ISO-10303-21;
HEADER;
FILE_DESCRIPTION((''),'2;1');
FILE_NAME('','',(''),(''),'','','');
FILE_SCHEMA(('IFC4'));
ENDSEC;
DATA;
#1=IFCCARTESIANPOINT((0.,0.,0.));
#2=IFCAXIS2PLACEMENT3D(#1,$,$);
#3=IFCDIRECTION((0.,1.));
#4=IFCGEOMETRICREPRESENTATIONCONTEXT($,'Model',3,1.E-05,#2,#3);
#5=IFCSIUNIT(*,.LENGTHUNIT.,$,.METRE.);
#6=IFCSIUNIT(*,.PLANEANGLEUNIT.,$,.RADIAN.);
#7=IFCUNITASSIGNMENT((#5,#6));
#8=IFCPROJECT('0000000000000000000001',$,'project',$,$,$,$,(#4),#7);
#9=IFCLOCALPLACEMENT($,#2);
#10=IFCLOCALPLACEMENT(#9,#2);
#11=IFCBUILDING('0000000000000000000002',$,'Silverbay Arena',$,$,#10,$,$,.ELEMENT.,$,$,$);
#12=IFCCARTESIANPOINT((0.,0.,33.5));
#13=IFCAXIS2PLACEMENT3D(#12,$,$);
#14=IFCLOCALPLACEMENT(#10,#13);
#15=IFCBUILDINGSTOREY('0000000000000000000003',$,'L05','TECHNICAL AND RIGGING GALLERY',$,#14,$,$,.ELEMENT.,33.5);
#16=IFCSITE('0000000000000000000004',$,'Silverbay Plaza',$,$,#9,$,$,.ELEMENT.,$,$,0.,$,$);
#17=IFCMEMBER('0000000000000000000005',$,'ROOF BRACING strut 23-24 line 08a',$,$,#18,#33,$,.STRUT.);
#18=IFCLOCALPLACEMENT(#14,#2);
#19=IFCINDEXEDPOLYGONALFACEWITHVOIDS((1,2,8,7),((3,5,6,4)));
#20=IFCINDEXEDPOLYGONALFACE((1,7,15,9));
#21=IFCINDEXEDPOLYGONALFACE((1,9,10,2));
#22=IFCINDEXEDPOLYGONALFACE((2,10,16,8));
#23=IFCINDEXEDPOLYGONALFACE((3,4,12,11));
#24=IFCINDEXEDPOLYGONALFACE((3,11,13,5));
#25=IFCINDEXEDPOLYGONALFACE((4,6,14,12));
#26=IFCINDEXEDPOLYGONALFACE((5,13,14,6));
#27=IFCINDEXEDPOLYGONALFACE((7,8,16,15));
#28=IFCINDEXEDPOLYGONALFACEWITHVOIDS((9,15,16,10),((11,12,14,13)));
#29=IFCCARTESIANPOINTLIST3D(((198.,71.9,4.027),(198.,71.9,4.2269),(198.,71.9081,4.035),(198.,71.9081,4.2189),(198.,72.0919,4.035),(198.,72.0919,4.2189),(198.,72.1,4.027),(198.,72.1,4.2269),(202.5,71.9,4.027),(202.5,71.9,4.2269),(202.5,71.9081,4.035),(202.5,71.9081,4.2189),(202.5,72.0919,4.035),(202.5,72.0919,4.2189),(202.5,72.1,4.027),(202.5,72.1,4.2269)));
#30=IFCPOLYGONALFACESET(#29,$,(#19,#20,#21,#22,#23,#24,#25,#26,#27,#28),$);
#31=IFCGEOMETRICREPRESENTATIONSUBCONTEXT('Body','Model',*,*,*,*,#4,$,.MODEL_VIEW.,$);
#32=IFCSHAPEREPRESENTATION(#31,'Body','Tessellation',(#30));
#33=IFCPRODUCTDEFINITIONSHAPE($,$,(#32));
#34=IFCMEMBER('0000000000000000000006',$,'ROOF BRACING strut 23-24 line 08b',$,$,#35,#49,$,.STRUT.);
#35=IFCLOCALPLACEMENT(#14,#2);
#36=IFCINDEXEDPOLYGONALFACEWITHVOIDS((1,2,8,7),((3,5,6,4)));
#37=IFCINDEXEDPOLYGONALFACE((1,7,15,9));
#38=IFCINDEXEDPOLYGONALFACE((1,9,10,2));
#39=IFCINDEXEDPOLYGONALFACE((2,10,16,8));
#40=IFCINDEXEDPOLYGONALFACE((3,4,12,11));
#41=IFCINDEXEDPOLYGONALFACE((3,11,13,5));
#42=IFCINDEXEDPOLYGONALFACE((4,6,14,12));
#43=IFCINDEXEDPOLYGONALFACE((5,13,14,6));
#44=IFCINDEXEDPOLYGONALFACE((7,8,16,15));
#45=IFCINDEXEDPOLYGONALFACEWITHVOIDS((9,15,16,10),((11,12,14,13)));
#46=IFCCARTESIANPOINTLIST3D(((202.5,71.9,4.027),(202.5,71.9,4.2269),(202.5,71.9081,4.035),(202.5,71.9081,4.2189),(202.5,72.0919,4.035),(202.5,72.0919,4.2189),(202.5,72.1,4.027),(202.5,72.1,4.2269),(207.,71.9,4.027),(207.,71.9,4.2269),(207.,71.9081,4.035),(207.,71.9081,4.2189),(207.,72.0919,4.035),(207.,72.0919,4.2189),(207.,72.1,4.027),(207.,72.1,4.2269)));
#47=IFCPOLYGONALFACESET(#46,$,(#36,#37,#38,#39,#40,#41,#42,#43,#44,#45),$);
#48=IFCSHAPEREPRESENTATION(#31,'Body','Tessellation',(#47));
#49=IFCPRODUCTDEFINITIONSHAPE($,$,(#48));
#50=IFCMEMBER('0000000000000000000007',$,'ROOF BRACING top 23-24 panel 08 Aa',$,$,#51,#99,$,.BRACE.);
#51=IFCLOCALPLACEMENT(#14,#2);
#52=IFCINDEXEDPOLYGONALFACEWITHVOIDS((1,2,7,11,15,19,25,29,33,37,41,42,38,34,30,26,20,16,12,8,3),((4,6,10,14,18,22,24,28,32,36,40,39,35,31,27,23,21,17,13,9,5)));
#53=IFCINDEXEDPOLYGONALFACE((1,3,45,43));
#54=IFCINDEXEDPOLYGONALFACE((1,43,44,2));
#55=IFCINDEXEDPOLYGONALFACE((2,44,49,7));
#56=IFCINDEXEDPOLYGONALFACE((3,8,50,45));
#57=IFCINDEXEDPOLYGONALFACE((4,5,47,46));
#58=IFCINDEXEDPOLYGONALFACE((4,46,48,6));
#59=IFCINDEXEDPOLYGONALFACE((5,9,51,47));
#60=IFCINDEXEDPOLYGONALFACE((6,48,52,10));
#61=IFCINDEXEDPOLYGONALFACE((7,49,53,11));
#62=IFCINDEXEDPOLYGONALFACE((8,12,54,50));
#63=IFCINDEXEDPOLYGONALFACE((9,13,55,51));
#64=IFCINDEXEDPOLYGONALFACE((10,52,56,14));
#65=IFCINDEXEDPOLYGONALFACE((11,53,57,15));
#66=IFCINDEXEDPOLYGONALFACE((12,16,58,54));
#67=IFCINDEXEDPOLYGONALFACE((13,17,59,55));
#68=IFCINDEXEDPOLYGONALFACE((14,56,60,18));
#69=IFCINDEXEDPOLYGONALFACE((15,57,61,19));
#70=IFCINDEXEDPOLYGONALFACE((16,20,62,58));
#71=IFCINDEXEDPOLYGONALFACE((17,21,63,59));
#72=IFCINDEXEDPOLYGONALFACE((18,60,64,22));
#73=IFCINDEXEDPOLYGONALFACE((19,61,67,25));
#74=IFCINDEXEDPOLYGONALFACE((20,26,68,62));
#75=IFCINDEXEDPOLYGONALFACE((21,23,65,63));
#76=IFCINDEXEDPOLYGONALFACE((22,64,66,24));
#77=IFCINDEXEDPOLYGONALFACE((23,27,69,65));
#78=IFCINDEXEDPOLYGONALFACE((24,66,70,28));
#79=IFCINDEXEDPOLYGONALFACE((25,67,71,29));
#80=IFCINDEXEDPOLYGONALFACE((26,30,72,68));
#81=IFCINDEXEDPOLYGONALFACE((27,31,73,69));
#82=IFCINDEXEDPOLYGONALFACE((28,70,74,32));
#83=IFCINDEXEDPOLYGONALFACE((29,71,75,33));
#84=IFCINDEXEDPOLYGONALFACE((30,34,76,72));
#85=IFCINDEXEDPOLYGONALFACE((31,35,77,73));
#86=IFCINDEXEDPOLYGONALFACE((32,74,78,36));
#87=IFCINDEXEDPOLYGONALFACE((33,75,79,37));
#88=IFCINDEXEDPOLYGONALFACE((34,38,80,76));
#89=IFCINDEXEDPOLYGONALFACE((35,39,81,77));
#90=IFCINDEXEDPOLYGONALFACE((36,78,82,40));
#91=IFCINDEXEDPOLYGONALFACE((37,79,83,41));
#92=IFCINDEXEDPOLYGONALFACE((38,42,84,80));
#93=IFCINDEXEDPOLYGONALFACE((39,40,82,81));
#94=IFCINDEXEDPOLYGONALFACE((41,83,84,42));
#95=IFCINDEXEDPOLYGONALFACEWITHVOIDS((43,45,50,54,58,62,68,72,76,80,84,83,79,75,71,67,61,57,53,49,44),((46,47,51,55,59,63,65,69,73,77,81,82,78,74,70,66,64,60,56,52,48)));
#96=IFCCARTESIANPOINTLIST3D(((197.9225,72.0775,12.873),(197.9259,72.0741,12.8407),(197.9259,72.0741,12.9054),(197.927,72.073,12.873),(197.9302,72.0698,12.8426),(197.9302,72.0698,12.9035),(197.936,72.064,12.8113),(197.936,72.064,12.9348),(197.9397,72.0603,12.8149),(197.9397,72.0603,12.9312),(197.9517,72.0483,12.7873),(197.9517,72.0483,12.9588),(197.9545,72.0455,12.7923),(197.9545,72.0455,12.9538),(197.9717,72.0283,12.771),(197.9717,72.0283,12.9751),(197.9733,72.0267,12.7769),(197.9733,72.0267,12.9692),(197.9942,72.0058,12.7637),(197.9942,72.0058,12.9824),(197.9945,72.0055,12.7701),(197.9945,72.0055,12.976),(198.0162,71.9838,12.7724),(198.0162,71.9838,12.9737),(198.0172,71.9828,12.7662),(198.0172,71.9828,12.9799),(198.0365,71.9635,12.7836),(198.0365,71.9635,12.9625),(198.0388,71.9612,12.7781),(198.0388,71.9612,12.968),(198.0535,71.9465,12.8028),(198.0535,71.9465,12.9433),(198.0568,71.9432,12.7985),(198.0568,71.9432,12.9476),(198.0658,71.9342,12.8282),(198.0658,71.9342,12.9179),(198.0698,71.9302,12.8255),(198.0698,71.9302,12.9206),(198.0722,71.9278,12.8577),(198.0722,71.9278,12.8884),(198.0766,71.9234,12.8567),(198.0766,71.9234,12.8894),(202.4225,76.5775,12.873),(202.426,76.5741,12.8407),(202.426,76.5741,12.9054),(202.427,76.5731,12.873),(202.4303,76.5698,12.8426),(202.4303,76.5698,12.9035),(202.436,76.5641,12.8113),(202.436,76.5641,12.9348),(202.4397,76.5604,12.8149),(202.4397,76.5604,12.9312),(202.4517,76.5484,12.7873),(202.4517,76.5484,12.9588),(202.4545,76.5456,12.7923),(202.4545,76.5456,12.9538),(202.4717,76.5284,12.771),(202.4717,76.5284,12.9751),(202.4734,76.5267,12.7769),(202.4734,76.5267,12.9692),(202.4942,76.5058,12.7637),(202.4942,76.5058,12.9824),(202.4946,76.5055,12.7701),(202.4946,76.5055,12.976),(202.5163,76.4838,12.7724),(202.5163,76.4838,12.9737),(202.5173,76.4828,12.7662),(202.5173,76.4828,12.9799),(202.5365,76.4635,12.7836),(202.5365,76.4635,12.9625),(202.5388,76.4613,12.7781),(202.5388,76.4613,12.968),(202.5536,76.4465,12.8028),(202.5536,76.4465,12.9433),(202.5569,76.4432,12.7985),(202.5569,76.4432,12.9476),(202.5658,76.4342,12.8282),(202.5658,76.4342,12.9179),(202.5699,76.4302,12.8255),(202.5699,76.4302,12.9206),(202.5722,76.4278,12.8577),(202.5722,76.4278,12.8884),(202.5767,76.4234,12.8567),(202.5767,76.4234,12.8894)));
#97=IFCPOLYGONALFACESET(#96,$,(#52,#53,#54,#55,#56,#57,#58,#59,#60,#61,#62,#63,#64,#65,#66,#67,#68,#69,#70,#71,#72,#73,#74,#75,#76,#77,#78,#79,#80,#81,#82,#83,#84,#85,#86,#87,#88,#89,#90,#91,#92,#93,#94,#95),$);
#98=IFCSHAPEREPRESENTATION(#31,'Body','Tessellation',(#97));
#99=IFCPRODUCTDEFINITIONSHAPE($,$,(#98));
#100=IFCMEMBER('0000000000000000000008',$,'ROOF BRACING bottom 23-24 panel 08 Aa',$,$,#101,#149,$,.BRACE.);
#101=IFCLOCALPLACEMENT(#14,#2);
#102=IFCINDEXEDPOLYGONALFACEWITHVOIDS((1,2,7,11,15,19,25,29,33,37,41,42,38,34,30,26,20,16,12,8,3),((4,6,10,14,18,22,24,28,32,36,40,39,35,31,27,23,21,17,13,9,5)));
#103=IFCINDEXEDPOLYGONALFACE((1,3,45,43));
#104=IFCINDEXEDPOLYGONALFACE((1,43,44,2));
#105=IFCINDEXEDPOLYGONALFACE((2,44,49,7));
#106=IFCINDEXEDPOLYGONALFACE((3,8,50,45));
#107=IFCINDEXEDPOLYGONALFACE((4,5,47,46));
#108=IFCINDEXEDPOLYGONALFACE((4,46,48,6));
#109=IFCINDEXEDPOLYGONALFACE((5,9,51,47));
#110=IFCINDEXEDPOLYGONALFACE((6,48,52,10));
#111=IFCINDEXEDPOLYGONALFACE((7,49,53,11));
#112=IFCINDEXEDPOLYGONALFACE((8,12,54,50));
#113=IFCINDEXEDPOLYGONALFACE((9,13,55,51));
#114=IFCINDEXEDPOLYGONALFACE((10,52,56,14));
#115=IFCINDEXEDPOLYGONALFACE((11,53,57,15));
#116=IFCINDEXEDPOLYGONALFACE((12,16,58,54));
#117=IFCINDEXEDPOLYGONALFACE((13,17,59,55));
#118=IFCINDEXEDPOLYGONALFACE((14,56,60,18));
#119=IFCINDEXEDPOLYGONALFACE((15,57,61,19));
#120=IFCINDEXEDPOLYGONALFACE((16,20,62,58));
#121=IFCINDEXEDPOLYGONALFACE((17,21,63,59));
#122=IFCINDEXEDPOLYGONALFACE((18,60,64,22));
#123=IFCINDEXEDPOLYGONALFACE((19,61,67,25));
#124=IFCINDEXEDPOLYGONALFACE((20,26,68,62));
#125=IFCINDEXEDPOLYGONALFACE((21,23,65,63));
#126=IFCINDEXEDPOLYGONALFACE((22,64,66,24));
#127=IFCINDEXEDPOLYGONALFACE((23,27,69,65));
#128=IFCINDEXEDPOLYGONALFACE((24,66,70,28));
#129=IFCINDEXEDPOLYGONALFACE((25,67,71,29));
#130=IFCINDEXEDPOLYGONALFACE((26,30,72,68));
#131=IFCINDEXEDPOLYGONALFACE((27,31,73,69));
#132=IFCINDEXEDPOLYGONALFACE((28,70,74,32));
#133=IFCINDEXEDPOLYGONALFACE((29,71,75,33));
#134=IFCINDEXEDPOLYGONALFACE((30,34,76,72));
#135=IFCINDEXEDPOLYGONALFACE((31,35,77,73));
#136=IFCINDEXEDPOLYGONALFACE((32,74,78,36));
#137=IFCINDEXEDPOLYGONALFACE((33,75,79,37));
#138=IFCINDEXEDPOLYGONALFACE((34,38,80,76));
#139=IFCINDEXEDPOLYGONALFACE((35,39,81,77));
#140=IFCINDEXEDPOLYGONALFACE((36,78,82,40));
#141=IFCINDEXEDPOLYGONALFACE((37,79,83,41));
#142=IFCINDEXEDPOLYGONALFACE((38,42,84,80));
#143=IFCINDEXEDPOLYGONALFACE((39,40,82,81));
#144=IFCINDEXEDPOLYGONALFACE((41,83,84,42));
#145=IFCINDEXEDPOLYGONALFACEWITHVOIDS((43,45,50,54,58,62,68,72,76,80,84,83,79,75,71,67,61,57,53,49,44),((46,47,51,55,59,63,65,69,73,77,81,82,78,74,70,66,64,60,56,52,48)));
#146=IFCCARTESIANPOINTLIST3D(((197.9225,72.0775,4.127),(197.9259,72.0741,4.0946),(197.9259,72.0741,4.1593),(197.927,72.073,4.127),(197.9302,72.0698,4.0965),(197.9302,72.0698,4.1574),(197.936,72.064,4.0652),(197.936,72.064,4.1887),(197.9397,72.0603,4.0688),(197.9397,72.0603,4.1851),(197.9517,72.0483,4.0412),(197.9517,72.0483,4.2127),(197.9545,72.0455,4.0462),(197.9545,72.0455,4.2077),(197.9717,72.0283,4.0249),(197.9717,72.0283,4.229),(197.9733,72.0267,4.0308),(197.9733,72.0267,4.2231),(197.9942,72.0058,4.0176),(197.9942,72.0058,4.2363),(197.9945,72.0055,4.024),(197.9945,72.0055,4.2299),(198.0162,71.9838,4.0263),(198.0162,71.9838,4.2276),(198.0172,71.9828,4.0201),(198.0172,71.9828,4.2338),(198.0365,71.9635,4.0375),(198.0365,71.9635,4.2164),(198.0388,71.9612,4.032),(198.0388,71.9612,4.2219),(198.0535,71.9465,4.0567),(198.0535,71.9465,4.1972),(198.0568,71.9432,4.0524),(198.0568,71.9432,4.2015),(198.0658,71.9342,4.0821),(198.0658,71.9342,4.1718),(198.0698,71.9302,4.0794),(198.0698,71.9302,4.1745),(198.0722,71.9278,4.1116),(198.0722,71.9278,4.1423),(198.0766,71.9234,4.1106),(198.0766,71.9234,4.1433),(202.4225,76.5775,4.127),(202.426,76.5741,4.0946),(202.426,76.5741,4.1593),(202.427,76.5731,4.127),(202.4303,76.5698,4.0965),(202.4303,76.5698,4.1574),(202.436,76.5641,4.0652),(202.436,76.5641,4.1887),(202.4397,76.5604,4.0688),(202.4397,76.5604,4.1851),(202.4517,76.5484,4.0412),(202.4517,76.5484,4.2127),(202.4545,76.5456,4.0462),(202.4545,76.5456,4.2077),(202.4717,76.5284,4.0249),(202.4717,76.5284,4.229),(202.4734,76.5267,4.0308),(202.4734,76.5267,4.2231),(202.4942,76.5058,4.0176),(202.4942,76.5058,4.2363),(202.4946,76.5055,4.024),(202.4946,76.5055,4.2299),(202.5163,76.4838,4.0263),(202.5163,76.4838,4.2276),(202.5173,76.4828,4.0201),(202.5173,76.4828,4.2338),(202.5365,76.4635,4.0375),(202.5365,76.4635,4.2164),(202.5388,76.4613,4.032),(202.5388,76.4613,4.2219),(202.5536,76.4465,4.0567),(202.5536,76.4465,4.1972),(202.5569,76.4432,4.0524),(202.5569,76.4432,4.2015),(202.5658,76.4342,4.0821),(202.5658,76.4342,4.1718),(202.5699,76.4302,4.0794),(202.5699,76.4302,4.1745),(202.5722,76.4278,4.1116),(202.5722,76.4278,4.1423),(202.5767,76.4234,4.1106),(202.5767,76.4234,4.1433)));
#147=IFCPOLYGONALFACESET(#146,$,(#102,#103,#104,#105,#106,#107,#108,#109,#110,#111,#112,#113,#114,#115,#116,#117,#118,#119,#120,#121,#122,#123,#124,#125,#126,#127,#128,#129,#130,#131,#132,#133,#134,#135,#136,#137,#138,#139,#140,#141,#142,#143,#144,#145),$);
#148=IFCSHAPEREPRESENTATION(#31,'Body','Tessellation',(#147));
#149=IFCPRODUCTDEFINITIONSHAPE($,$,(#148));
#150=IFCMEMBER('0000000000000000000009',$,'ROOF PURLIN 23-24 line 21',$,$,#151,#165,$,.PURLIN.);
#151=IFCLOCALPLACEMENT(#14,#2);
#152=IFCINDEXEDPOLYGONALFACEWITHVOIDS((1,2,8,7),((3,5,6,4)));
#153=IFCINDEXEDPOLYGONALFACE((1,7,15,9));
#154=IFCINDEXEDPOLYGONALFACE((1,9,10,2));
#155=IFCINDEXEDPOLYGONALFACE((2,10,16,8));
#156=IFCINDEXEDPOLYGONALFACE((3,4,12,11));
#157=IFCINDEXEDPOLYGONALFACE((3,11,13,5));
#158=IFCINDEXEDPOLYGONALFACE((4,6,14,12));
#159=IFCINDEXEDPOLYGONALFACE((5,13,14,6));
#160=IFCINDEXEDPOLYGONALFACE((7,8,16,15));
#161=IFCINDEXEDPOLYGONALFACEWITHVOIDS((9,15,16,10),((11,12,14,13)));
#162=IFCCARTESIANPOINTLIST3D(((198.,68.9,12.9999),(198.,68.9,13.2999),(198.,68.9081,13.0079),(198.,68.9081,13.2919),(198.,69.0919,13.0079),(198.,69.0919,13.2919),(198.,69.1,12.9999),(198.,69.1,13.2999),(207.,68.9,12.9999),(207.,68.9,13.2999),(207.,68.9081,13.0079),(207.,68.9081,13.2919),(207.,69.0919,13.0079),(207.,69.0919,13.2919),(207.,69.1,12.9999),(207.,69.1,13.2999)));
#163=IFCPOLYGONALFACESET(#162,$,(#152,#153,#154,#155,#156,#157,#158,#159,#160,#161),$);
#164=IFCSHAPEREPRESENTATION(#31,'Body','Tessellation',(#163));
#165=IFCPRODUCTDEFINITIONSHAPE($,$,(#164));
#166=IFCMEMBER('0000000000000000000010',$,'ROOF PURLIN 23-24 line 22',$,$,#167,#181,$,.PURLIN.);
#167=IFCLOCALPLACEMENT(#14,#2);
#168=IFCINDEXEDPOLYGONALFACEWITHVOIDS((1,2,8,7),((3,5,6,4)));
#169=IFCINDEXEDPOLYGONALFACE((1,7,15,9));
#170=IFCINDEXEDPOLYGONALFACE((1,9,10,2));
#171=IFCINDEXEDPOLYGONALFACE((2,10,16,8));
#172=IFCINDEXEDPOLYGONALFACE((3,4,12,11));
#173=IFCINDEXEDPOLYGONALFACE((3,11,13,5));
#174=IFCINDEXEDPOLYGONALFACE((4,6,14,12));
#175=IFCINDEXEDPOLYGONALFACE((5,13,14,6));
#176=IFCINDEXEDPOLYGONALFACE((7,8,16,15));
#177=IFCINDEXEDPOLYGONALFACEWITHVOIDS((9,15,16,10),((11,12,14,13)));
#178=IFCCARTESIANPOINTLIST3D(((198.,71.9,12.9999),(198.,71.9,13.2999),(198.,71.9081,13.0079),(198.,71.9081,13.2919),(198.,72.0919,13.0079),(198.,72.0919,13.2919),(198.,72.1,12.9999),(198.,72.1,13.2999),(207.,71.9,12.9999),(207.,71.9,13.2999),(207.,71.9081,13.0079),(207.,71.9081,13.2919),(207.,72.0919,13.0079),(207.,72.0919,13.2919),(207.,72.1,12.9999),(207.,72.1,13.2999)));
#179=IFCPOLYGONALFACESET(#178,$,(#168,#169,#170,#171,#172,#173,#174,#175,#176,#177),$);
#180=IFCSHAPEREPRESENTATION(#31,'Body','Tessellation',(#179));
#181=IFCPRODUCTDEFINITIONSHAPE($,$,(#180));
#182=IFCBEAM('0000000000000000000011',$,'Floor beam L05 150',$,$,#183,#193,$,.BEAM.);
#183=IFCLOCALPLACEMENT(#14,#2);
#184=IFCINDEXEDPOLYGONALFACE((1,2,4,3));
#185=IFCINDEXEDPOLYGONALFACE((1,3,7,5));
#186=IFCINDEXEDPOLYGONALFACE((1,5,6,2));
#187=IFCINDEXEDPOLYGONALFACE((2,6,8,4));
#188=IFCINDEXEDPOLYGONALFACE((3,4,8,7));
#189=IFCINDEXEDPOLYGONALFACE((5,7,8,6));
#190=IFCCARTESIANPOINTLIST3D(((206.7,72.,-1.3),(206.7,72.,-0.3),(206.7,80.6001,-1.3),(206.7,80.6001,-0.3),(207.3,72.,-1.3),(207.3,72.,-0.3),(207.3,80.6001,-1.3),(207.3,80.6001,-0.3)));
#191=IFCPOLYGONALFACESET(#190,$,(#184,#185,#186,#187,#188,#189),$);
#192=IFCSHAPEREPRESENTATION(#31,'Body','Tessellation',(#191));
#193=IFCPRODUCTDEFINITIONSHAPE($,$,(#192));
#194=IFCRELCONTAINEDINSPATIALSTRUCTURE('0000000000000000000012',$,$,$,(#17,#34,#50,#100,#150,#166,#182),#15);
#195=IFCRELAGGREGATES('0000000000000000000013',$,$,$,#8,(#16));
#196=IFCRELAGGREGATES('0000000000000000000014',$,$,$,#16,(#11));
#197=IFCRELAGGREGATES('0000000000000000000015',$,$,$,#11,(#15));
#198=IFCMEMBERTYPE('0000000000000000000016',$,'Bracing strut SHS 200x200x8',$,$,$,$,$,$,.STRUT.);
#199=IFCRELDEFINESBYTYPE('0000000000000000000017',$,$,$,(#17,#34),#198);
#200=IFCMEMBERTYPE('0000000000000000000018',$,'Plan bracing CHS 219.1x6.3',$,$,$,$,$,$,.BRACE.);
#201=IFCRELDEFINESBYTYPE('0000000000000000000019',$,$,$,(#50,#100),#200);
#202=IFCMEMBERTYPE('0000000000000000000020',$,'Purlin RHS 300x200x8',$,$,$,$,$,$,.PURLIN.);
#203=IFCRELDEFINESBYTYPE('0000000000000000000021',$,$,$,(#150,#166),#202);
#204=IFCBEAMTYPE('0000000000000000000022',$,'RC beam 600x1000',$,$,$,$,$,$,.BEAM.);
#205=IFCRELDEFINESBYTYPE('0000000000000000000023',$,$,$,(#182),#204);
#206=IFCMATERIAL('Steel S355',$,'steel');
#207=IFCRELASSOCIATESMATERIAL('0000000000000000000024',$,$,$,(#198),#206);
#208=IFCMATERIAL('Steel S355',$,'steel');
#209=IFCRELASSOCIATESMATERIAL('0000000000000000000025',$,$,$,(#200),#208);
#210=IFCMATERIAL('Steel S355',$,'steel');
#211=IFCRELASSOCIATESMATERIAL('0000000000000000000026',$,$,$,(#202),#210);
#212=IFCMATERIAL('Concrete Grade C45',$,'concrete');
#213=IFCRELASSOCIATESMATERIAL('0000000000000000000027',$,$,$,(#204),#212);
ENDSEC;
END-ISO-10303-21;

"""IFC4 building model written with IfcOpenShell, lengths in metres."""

from ifc_helpers import new_model, si_unit, direction, frame, origin, origin_2d, place, context, subcontext, project, spatial, rectangle, hollow_rectangle, hollow_circle, extrude, material, material_profile, profile_set, type_object, element, save


model = new_model("IFC4")

# Units and contexts
model_context = context("Model", 3, precision=1e-05, world=origin(), true_north=direction((0.0, 1.0)))
body_context = subcontext(model_context, "Body", "Model", "MODEL_VIEW")
ifc_project = project(units=[si_unit("LENGTHUNIT", "METRE"), si_unit("PLANEANGLEUNIT", "RADIAN")], contexts=[model_context])

# Site, building, storey
site_placement = place(None, origin())
site = spatial("IfcSite", under=ifc_project, at=site_placement, Name="Silverbay Plaza", CompositionType="ELEMENT", RefElevation=0.0)
building_placement = place(site_placement, origin())
building = spatial("IfcBuilding", under=site, at=building_placement, Name="Silverbay Arena", CompositionType="ELEMENT")
storey_placement = place(building_placement, frame((0.0, 0.0, 33.5)))
storey = spatial("IfcBuildingStorey", under=building, at=storey_placement, Name="L05", Description="TECHNICAL AND RIGGING GALLERY", CompositionType="ELEMENT", Elevation=33.5)

# Members
ifc_material_1 = material(Name="Steel S355", Category="steel")
ifc_material_profile_1 = material_profile(ifc_material_1, hollow_rectangle(XDim=0.2, YDim=0.2, WallThickness=0.0081, at=origin_2d()), Name="SHS 200x200x8")
ifc_profile_set_1 = profile_set([ifc_material_profile_1], Name="Steel S355")
member_type_1 = type_object("IfcMemberType", Name="Bracing strut SHS 200x200x8", PredefinedType="STRUT", material=ifc_profile_set_1)
for number, where, z_axis, x_axis, name in (
    (1, (198.0, 72.0, 4.127), (1.0, 0.0, 0.0), (0.0, 1.0, 0.0), "ROOF BRACING strut 23-24 line 08a"),
    (2, (202.5, 72.0, 4.127), (1.0, 0.0, 0.0), (0.0, 1.0, 0.0), "ROOF BRACING strut 23-24 line 08b"),
):
    element("IfcMember", number, at=place(storey_placement, frame(where, z_axis=z_axis, x_axis=x_axis)), inside=storey, type_object=member_type_1, Name=name, PredefinedType="STRUT", context=body_context, shape_type="SweptSolid", body=[
        extrude(hollow_rectangle(XDim=0.2, YDim=0.2, WallThickness=0.0081, at=origin_2d()), origin(), (0.0, 0.0, 1.0), 4.5),
    ])
ifc_material_2 = material(Name="Steel S355", Category="steel")
ifc_material_profile_2 = material_profile(ifc_material_2, hollow_circle(Radius=0.1096, WallThickness=0.0063, at=origin_2d()), Name="CHS 219.1x6.3")
ifc_profile_set_2 = profile_set([ifc_material_profile_2], Name="Steel S355")
member_type_2 = type_object("IfcMemberType", Name="Plan bracing CHS 219.1x6.3", PredefinedType="BRACE", material=ifc_profile_set_2)
for number, where, z_axis, x_axis, name in (
    (3, (198.0, 72.0, 12.873), (0.707107, 0.707107, 0.0), (-0.707107, 0.707107, 0.0), "ROOF BRACING top 23-24 panel 08 Aa"),
    (4, (198.0, 72.0, 4.127), (0.707107, 0.707107, 0.0), (-0.707107, 0.707107, 0.0), "ROOF BRACING bottom 23-24 panel 08 Aa"),
):
    element("IfcMember", number, at=place(storey_placement, frame(where, z_axis=z_axis, x_axis=x_axis)), inside=storey, type_object=member_type_2, Name=name, PredefinedType="BRACE", context=body_context, shape_type="SweptSolid", body=[
        extrude(hollow_circle(Radius=0.1096, WallThickness=0.0063, at=origin_2d()), origin(), (0.0, 0.0, 1.0), 6.364),
    ])
ifc_material_3 = material(Name="Steel S355", Category="steel")
ifc_material_profile_3 = material_profile(ifc_material_3, hollow_rectangle(XDim=0.2, YDim=0.3, WallThickness=0.0081, at=origin_2d()), Name="RHS 300x200x8")
ifc_profile_set_3 = profile_set([ifc_material_profile_3], Name="Steel S355")
member_type_3 = type_object("IfcMemberType", Name="Purlin RHS 300x200x8", PredefinedType="PURLIN", material=ifc_profile_set_3)
for number, where, z_axis, x_axis, name in (
    (5, (198.0, 69.0, 13.1499), (1.0, 0.0, 0.0), (0.0, 1.0, 0.0), "ROOF PURLIN 23-24 line 21"),
    (6, (198.0, 72.0, 13.1499), (1.0, 0.0, 0.0), (0.0, 1.0, 0.0), "ROOF PURLIN 23-24 line 22"),
):
    element("IfcMember", number, at=place(storey_placement, frame(where, z_axis=z_axis, x_axis=x_axis)), inside=storey, type_object=member_type_3, Name=name, PredefinedType="PURLIN", context=body_context, shape_type="SweptSolid", body=[
        extrude(hollow_rectangle(XDim=0.2, YDim=0.3, WallThickness=0.0081, at=origin_2d()), origin(), (0.0, 0.0, 1.0), 9.0),
    ])

# Beam
ifc_material_4 = material(Name="Concrete Grade C45", Category="concrete")
ifc_material_profile_4 = material_profile(ifc_material_4, rectangle(XDim=0.6001, YDim=1.0, at=origin_2d()), Name="RC 600x1000")
ifc_profile_set_4 = profile_set([ifc_material_profile_4], Name="Concrete Grade C45")
beam_type_1 = type_object("IfcBeamType", Name="RC beam 600x1000", PredefinedType="BEAM", material=ifc_profile_set_4)
beam_1_placement = place(storey_placement, frame((207.0, 72.0, -0.8), z_axis=(0.0, 1.0, 0.0), x_axis=(-1.0, 0.0, 0.0)))
element("IfcBeam", 7, at=beam_1_placement, inside=storey, type_object=beam_type_1, Name="Floor beam L05 150", PredefinedType="BEAM", context=body_context, shape_type="SweptSolid", body=[
    extrude(rectangle(XDim=0.6001, YDim=1.0, at=origin_2d()), origin(), (0.0, 0.0, 1.0), 8.6001),
])

save(model, "model.ifc")
